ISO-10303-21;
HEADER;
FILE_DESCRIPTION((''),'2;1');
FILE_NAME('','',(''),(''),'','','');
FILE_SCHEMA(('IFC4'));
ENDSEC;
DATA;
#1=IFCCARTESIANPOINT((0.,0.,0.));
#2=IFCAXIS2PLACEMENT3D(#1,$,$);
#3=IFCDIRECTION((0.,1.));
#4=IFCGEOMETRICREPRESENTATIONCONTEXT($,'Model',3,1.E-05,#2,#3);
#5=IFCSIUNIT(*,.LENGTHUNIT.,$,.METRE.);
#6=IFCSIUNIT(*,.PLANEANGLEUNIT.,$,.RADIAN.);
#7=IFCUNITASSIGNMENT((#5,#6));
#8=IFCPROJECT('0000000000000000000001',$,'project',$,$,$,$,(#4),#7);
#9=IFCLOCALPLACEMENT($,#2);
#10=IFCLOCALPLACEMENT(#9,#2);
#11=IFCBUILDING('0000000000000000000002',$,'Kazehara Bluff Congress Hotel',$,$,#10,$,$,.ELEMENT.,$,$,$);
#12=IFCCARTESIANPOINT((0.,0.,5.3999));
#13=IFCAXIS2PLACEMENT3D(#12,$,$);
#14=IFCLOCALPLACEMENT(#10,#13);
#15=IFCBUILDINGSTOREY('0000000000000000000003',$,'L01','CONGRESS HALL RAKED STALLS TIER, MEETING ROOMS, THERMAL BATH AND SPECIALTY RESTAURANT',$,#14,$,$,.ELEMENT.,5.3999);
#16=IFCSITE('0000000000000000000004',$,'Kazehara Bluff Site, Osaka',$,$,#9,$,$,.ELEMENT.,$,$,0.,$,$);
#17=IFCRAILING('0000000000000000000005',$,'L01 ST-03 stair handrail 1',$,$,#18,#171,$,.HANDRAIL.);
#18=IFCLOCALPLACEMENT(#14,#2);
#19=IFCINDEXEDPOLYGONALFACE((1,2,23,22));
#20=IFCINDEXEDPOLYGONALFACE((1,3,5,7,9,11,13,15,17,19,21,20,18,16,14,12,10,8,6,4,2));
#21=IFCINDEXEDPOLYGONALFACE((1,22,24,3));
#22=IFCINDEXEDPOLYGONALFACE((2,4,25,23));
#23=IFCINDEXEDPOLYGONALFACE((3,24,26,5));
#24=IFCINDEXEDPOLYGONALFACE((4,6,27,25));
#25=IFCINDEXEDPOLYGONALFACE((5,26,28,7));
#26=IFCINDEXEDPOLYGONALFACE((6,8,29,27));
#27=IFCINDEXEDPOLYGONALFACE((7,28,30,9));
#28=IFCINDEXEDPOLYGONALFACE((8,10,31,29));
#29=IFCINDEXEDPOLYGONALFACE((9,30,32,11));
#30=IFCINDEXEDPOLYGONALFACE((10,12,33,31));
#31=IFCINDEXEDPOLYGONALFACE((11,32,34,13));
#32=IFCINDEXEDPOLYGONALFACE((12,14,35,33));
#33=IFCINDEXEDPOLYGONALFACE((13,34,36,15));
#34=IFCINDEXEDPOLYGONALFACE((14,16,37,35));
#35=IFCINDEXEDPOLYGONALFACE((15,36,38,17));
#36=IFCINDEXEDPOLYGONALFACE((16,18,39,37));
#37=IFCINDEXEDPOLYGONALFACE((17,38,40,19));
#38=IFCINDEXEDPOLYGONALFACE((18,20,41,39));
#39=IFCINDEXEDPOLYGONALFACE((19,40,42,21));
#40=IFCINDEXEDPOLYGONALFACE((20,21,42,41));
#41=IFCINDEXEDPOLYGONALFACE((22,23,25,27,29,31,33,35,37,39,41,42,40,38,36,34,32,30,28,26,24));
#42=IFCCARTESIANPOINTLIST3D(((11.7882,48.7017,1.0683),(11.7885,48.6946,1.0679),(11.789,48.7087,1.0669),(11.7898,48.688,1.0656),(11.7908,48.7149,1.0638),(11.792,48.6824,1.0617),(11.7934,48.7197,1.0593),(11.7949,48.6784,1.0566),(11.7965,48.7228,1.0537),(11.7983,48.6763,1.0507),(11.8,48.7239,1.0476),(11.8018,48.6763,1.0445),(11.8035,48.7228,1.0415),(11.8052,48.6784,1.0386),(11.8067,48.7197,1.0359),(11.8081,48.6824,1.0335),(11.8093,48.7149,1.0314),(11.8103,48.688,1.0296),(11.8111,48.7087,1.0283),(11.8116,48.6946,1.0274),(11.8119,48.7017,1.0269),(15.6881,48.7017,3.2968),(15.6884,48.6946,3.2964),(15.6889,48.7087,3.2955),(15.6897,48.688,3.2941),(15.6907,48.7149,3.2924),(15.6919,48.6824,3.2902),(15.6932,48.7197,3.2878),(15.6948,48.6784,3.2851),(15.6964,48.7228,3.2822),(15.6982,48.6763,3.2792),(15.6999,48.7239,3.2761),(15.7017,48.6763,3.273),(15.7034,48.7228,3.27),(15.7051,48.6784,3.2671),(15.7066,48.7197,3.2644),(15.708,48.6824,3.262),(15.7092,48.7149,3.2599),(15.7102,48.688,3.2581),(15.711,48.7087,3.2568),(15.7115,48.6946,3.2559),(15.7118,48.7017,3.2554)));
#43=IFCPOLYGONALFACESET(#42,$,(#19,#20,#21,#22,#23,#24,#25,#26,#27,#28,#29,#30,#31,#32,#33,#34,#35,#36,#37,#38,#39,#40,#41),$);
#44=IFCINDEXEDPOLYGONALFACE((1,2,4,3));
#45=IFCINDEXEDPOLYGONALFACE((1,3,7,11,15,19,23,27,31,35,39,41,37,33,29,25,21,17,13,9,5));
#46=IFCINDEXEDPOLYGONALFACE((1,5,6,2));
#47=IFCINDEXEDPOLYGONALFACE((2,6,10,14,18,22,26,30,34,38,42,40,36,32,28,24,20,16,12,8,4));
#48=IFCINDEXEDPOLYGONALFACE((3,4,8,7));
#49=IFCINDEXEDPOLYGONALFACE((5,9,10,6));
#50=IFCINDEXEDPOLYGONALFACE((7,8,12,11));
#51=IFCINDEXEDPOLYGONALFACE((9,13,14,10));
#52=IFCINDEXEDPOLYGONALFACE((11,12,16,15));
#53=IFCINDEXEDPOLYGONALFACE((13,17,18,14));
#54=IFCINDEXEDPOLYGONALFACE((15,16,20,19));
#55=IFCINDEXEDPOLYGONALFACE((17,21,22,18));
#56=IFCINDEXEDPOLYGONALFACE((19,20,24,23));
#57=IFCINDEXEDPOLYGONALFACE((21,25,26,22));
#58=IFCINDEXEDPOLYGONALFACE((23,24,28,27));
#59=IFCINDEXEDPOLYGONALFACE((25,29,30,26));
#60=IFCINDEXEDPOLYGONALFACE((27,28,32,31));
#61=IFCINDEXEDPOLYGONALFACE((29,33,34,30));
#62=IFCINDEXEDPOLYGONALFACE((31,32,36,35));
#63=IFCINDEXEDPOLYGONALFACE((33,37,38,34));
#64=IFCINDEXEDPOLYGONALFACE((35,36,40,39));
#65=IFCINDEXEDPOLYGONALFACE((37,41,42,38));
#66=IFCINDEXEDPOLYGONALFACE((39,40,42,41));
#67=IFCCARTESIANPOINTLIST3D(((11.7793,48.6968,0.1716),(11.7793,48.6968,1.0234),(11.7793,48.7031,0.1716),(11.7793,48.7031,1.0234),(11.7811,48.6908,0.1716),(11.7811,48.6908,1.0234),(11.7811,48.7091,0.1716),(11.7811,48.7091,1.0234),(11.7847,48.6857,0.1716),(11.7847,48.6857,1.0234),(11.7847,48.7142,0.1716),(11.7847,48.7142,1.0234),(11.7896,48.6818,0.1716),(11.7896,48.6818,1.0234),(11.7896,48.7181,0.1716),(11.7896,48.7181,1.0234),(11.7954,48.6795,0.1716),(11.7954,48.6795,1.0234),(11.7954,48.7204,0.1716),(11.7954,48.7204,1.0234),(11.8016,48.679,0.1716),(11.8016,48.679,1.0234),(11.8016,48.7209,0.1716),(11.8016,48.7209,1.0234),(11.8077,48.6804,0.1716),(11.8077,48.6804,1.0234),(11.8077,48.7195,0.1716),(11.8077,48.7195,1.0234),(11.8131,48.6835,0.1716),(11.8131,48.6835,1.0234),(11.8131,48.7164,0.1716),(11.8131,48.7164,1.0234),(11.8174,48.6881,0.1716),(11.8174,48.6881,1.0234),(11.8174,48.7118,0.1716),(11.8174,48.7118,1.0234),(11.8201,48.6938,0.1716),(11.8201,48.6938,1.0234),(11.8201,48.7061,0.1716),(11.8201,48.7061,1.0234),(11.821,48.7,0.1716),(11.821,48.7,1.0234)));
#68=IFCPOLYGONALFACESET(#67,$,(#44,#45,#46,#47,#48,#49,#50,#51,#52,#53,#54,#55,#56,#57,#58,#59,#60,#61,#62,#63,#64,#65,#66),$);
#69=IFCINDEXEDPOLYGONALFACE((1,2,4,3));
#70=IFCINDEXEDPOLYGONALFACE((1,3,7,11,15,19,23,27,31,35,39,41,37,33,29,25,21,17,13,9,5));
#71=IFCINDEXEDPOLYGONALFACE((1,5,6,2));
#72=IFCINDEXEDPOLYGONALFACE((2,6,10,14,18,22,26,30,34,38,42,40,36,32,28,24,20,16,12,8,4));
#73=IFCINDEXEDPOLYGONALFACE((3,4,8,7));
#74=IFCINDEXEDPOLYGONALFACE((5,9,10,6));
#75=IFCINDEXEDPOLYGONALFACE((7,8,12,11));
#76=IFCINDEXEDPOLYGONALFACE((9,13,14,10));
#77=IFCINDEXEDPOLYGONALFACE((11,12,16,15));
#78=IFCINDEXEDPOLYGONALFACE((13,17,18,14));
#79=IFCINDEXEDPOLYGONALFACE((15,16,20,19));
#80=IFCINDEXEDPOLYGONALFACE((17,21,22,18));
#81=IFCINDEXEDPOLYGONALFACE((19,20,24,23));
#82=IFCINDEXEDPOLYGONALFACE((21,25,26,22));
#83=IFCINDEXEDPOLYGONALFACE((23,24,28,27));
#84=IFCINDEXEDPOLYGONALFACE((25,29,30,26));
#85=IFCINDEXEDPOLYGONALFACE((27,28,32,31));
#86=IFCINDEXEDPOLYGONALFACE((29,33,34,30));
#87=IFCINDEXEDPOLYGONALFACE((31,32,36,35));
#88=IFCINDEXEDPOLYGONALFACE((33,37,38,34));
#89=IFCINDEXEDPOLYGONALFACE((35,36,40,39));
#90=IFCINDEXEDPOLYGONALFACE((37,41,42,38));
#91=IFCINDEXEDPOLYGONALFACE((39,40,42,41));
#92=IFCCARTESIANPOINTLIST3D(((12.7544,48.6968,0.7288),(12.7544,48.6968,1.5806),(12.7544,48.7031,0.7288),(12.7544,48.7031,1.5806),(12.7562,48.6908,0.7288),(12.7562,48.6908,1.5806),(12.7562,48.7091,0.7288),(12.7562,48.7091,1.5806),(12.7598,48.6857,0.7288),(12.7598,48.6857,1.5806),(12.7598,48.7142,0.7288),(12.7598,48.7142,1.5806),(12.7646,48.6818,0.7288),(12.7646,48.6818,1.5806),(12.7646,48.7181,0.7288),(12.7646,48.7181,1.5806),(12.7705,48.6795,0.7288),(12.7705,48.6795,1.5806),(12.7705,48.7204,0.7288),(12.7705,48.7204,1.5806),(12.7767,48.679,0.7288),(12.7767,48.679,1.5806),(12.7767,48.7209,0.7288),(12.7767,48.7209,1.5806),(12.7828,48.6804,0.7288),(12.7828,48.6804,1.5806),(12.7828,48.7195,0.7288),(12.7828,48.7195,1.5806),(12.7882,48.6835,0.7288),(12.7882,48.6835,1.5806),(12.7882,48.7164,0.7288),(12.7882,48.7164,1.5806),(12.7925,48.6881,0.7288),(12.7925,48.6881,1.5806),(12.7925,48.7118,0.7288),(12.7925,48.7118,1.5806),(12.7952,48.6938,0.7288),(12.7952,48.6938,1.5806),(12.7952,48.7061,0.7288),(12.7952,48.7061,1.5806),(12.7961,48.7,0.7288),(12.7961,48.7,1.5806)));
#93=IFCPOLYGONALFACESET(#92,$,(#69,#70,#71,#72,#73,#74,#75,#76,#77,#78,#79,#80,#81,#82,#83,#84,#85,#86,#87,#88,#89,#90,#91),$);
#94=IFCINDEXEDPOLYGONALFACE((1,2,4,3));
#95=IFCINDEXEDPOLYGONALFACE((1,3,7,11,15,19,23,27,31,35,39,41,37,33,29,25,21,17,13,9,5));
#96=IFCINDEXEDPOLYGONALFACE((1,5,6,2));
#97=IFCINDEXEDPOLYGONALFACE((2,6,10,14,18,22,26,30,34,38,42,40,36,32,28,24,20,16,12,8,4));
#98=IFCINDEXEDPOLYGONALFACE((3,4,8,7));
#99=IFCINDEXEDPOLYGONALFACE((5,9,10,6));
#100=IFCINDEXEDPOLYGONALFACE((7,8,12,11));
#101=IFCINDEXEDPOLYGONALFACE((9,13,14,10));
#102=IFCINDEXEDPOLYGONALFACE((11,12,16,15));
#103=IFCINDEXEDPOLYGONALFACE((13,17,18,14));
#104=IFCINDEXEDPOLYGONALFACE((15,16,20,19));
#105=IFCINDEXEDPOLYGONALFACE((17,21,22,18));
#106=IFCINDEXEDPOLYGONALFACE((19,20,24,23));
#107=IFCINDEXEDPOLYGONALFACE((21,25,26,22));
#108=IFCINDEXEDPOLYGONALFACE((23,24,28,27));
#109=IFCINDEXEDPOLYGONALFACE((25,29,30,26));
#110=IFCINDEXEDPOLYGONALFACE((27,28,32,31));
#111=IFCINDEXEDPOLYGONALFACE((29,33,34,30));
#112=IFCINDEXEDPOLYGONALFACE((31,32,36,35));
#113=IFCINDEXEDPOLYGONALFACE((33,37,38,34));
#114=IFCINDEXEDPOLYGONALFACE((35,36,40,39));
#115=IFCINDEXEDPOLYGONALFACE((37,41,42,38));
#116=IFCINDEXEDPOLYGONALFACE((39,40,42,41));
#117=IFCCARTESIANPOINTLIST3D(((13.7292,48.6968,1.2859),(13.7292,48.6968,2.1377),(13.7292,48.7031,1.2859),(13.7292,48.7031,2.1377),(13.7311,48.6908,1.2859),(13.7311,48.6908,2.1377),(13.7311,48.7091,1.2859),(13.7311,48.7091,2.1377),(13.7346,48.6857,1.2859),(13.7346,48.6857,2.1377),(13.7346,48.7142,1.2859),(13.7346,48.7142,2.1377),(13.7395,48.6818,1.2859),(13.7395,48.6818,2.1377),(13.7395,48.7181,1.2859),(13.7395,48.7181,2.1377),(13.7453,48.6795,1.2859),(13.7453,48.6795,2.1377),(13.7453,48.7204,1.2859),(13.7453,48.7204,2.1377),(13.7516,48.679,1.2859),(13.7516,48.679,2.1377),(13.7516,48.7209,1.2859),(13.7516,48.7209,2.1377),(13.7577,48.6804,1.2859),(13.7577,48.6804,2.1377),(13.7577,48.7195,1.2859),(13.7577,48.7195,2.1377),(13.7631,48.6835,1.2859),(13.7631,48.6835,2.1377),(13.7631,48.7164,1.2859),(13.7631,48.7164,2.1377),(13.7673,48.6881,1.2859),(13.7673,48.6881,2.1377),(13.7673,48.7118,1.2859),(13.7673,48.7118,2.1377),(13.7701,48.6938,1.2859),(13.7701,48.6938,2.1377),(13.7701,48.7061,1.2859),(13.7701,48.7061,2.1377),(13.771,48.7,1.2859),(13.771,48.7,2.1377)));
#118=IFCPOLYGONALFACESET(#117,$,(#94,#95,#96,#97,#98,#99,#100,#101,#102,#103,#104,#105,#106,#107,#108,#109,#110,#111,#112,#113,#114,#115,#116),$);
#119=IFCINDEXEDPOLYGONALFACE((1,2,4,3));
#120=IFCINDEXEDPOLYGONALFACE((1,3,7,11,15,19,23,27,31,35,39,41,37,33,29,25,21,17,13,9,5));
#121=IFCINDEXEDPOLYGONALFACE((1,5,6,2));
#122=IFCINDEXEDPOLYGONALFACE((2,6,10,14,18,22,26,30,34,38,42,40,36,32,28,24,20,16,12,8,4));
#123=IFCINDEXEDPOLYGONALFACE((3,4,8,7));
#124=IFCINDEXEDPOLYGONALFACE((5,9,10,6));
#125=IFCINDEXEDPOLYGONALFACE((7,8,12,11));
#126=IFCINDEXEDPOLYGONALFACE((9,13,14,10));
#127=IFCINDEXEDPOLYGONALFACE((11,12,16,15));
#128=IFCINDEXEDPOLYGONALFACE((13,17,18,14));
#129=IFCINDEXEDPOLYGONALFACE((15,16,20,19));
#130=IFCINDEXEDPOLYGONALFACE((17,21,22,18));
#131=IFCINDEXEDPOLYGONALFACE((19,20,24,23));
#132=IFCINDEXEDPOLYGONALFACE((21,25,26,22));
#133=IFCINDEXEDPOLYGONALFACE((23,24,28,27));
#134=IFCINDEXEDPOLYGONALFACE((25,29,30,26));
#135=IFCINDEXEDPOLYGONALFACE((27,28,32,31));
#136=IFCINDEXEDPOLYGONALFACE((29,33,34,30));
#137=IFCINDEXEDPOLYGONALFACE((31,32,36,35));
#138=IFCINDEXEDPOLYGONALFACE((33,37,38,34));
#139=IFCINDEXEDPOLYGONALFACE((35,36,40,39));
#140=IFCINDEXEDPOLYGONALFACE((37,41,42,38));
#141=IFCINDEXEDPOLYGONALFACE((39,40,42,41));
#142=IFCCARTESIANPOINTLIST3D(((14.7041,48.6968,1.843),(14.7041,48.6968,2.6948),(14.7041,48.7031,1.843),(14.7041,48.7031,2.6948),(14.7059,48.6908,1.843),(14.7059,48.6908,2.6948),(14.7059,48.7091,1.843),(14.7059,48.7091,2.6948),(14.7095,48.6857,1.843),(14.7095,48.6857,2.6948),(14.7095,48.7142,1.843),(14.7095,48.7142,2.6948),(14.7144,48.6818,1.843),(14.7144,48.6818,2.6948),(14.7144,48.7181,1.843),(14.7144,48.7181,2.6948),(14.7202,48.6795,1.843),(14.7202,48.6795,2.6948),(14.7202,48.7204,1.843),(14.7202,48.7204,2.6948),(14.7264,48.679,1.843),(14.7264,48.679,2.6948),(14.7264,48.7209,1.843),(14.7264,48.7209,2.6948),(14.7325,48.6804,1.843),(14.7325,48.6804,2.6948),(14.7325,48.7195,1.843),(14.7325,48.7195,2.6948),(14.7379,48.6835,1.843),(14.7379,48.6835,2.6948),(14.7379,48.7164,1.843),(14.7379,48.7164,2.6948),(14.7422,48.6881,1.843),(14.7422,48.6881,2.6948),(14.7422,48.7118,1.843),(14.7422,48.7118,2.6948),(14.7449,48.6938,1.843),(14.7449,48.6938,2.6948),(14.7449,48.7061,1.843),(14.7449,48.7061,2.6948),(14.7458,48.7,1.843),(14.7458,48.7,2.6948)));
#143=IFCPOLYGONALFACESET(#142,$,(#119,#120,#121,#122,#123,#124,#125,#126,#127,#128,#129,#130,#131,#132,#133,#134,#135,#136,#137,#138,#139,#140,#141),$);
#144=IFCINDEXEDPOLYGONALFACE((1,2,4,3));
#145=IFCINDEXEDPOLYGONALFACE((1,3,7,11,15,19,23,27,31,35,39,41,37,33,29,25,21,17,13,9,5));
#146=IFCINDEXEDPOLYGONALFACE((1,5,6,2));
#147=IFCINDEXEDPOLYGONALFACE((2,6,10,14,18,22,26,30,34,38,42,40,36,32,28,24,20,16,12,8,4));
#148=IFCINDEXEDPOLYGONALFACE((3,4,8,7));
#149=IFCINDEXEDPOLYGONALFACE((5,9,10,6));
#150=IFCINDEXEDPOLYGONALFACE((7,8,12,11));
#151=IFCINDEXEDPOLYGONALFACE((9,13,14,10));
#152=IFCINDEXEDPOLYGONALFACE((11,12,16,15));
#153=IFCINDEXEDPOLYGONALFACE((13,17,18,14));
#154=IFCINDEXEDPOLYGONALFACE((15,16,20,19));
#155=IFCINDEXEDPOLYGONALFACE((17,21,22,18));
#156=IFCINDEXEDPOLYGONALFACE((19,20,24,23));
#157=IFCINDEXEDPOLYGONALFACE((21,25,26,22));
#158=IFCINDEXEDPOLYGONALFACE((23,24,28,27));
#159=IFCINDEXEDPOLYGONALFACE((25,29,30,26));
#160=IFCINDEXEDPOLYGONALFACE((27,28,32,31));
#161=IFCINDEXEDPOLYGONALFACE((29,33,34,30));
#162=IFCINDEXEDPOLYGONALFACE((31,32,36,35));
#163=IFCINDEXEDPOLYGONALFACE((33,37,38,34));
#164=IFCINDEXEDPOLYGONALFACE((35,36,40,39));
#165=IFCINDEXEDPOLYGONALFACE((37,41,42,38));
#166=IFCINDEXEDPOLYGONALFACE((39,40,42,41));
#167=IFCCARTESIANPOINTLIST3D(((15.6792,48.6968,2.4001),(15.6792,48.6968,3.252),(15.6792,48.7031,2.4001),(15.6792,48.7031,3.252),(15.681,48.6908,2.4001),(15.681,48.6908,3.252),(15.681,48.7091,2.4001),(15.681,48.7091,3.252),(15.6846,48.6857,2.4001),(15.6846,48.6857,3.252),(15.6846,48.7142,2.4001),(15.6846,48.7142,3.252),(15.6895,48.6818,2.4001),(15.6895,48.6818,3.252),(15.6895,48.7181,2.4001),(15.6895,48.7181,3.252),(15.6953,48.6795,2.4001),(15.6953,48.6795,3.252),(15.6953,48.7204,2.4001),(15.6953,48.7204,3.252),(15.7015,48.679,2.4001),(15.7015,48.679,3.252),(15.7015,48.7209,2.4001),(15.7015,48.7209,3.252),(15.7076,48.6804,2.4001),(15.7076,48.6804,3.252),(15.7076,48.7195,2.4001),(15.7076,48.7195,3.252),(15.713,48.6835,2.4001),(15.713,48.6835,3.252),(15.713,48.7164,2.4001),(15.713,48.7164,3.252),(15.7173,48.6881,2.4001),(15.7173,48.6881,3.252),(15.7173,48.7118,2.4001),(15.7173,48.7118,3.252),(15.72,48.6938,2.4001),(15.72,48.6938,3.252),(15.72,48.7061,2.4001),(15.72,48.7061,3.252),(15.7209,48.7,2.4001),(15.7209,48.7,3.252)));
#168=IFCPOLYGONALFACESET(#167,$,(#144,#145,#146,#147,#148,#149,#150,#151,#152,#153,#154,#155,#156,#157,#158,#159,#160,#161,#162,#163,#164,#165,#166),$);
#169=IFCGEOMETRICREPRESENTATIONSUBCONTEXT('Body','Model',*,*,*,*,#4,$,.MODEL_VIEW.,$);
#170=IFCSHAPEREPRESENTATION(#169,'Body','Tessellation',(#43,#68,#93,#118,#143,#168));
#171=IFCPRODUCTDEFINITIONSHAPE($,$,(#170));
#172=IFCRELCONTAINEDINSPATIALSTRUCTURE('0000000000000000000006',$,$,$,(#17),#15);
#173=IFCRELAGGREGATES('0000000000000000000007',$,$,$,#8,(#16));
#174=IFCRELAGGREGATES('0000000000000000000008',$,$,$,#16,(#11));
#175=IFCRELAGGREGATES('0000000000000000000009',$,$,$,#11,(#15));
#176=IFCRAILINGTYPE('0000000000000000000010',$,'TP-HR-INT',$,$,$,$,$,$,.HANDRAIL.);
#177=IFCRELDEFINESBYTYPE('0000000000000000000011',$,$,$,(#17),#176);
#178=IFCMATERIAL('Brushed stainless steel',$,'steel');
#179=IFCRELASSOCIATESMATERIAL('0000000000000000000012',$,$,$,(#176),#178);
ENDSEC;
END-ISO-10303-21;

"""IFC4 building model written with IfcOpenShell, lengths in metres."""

from ifc_helpers import new_model, si_unit, direction, frame, origin, origin_2d, place, context, subcontext, project, spatial, circle, extrude, material, type_object, element, save


model = new_model("IFC4")

# Units and contexts
model_context = context("Model", 3, precision=1e-05, world=origin(), true_north=direction((0.0, 1.0)))
body_context = subcontext(model_context, "Body", "Model", "MODEL_VIEW")
ifc_project = project(units=[si_unit("LENGTHUNIT", "METRE"), si_unit("PLANEANGLEUNIT", "RADIAN")], contexts=[model_context])

# Site, building, storey
site_placement = place(None, origin())
site = spatial("IfcSite", under=ifc_project, at=site_placement, Name="Kazehara Bluff Site, Osaka", CompositionType="ELEMENT", RefElevation=0.0)
building_placement = place(site_placement, origin())
building = spatial("IfcBuilding", under=site, at=building_placement, Name="Kazehara Bluff Congress Hotel", CompositionType="ELEMENT")
storey_placement = place(building_placement, frame((0.0, 0.0, 5.3999)))
storey = spatial("IfcBuildingStorey", under=building, at=storey_placement, Name="L01", Description="CONGRESS HALL RAKED STALLS TIER, MEETING ROOMS, THERMAL BATH AND SPECIALTY RESTAURANT", CompositionType="ELEMENT", Elevation=5.3999)

# Railing
ifc_material_1 = material(Name="Brushed stainless steel", Category="steel")
railing_type_1 = type_object("IfcRailingType", Name="TP-HR-INT", PredefinedType="HANDRAIL", material=ifc_material_1)
railing_1_placement = place(storey_placement, frame((11.8, 48.7, 0.1716)))
element("IfcRailing", 1, at=railing_1_placement, inside=storey, type_object=railing_type_1, Name="L01 ST-03 stair handrail 1", PredefinedType="HANDRAIL", context=body_context, shape_type="SweptSolid", body=[
    extrude(circle(Radius=0.0239, at=origin_2d()), frame((0.0, 0.0, 0.876), z_axis=(0.868243, 0.0, 0.496139), x_axis=(0.0, 1.0, 0.0)), (0.0, 0.0, 1.0), 4.4917),
    extrude(circle(Radius=0.021, at=origin_2d()), origin(), (0.0, 0.0, 1.0), 0.8518),
    extrude(circle(Radius=0.021, at=origin_2d()), frame((0.9751, 0.0, 0.5571)), (0.0, 0.0, 1.0), 0.8518),
    extrude(circle(Radius=0.021, at=origin_2d()), frame((1.95, 0.0, 1.1143)), (0.0, 0.0, 1.0), 0.8518),
    extrude(circle(Radius=0.021, at=origin_2d()), frame((2.9248, 0.0, 1.6714)), (0.0, 0.0, 1.0), 0.8518),
    extrude(circle(Radius=0.021, at=origin_2d()), frame((3.8999, 0.0, 2.2285)), (0.0, 0.0, 1.0), 0.8518),
])

save(model, "model.ifc")
